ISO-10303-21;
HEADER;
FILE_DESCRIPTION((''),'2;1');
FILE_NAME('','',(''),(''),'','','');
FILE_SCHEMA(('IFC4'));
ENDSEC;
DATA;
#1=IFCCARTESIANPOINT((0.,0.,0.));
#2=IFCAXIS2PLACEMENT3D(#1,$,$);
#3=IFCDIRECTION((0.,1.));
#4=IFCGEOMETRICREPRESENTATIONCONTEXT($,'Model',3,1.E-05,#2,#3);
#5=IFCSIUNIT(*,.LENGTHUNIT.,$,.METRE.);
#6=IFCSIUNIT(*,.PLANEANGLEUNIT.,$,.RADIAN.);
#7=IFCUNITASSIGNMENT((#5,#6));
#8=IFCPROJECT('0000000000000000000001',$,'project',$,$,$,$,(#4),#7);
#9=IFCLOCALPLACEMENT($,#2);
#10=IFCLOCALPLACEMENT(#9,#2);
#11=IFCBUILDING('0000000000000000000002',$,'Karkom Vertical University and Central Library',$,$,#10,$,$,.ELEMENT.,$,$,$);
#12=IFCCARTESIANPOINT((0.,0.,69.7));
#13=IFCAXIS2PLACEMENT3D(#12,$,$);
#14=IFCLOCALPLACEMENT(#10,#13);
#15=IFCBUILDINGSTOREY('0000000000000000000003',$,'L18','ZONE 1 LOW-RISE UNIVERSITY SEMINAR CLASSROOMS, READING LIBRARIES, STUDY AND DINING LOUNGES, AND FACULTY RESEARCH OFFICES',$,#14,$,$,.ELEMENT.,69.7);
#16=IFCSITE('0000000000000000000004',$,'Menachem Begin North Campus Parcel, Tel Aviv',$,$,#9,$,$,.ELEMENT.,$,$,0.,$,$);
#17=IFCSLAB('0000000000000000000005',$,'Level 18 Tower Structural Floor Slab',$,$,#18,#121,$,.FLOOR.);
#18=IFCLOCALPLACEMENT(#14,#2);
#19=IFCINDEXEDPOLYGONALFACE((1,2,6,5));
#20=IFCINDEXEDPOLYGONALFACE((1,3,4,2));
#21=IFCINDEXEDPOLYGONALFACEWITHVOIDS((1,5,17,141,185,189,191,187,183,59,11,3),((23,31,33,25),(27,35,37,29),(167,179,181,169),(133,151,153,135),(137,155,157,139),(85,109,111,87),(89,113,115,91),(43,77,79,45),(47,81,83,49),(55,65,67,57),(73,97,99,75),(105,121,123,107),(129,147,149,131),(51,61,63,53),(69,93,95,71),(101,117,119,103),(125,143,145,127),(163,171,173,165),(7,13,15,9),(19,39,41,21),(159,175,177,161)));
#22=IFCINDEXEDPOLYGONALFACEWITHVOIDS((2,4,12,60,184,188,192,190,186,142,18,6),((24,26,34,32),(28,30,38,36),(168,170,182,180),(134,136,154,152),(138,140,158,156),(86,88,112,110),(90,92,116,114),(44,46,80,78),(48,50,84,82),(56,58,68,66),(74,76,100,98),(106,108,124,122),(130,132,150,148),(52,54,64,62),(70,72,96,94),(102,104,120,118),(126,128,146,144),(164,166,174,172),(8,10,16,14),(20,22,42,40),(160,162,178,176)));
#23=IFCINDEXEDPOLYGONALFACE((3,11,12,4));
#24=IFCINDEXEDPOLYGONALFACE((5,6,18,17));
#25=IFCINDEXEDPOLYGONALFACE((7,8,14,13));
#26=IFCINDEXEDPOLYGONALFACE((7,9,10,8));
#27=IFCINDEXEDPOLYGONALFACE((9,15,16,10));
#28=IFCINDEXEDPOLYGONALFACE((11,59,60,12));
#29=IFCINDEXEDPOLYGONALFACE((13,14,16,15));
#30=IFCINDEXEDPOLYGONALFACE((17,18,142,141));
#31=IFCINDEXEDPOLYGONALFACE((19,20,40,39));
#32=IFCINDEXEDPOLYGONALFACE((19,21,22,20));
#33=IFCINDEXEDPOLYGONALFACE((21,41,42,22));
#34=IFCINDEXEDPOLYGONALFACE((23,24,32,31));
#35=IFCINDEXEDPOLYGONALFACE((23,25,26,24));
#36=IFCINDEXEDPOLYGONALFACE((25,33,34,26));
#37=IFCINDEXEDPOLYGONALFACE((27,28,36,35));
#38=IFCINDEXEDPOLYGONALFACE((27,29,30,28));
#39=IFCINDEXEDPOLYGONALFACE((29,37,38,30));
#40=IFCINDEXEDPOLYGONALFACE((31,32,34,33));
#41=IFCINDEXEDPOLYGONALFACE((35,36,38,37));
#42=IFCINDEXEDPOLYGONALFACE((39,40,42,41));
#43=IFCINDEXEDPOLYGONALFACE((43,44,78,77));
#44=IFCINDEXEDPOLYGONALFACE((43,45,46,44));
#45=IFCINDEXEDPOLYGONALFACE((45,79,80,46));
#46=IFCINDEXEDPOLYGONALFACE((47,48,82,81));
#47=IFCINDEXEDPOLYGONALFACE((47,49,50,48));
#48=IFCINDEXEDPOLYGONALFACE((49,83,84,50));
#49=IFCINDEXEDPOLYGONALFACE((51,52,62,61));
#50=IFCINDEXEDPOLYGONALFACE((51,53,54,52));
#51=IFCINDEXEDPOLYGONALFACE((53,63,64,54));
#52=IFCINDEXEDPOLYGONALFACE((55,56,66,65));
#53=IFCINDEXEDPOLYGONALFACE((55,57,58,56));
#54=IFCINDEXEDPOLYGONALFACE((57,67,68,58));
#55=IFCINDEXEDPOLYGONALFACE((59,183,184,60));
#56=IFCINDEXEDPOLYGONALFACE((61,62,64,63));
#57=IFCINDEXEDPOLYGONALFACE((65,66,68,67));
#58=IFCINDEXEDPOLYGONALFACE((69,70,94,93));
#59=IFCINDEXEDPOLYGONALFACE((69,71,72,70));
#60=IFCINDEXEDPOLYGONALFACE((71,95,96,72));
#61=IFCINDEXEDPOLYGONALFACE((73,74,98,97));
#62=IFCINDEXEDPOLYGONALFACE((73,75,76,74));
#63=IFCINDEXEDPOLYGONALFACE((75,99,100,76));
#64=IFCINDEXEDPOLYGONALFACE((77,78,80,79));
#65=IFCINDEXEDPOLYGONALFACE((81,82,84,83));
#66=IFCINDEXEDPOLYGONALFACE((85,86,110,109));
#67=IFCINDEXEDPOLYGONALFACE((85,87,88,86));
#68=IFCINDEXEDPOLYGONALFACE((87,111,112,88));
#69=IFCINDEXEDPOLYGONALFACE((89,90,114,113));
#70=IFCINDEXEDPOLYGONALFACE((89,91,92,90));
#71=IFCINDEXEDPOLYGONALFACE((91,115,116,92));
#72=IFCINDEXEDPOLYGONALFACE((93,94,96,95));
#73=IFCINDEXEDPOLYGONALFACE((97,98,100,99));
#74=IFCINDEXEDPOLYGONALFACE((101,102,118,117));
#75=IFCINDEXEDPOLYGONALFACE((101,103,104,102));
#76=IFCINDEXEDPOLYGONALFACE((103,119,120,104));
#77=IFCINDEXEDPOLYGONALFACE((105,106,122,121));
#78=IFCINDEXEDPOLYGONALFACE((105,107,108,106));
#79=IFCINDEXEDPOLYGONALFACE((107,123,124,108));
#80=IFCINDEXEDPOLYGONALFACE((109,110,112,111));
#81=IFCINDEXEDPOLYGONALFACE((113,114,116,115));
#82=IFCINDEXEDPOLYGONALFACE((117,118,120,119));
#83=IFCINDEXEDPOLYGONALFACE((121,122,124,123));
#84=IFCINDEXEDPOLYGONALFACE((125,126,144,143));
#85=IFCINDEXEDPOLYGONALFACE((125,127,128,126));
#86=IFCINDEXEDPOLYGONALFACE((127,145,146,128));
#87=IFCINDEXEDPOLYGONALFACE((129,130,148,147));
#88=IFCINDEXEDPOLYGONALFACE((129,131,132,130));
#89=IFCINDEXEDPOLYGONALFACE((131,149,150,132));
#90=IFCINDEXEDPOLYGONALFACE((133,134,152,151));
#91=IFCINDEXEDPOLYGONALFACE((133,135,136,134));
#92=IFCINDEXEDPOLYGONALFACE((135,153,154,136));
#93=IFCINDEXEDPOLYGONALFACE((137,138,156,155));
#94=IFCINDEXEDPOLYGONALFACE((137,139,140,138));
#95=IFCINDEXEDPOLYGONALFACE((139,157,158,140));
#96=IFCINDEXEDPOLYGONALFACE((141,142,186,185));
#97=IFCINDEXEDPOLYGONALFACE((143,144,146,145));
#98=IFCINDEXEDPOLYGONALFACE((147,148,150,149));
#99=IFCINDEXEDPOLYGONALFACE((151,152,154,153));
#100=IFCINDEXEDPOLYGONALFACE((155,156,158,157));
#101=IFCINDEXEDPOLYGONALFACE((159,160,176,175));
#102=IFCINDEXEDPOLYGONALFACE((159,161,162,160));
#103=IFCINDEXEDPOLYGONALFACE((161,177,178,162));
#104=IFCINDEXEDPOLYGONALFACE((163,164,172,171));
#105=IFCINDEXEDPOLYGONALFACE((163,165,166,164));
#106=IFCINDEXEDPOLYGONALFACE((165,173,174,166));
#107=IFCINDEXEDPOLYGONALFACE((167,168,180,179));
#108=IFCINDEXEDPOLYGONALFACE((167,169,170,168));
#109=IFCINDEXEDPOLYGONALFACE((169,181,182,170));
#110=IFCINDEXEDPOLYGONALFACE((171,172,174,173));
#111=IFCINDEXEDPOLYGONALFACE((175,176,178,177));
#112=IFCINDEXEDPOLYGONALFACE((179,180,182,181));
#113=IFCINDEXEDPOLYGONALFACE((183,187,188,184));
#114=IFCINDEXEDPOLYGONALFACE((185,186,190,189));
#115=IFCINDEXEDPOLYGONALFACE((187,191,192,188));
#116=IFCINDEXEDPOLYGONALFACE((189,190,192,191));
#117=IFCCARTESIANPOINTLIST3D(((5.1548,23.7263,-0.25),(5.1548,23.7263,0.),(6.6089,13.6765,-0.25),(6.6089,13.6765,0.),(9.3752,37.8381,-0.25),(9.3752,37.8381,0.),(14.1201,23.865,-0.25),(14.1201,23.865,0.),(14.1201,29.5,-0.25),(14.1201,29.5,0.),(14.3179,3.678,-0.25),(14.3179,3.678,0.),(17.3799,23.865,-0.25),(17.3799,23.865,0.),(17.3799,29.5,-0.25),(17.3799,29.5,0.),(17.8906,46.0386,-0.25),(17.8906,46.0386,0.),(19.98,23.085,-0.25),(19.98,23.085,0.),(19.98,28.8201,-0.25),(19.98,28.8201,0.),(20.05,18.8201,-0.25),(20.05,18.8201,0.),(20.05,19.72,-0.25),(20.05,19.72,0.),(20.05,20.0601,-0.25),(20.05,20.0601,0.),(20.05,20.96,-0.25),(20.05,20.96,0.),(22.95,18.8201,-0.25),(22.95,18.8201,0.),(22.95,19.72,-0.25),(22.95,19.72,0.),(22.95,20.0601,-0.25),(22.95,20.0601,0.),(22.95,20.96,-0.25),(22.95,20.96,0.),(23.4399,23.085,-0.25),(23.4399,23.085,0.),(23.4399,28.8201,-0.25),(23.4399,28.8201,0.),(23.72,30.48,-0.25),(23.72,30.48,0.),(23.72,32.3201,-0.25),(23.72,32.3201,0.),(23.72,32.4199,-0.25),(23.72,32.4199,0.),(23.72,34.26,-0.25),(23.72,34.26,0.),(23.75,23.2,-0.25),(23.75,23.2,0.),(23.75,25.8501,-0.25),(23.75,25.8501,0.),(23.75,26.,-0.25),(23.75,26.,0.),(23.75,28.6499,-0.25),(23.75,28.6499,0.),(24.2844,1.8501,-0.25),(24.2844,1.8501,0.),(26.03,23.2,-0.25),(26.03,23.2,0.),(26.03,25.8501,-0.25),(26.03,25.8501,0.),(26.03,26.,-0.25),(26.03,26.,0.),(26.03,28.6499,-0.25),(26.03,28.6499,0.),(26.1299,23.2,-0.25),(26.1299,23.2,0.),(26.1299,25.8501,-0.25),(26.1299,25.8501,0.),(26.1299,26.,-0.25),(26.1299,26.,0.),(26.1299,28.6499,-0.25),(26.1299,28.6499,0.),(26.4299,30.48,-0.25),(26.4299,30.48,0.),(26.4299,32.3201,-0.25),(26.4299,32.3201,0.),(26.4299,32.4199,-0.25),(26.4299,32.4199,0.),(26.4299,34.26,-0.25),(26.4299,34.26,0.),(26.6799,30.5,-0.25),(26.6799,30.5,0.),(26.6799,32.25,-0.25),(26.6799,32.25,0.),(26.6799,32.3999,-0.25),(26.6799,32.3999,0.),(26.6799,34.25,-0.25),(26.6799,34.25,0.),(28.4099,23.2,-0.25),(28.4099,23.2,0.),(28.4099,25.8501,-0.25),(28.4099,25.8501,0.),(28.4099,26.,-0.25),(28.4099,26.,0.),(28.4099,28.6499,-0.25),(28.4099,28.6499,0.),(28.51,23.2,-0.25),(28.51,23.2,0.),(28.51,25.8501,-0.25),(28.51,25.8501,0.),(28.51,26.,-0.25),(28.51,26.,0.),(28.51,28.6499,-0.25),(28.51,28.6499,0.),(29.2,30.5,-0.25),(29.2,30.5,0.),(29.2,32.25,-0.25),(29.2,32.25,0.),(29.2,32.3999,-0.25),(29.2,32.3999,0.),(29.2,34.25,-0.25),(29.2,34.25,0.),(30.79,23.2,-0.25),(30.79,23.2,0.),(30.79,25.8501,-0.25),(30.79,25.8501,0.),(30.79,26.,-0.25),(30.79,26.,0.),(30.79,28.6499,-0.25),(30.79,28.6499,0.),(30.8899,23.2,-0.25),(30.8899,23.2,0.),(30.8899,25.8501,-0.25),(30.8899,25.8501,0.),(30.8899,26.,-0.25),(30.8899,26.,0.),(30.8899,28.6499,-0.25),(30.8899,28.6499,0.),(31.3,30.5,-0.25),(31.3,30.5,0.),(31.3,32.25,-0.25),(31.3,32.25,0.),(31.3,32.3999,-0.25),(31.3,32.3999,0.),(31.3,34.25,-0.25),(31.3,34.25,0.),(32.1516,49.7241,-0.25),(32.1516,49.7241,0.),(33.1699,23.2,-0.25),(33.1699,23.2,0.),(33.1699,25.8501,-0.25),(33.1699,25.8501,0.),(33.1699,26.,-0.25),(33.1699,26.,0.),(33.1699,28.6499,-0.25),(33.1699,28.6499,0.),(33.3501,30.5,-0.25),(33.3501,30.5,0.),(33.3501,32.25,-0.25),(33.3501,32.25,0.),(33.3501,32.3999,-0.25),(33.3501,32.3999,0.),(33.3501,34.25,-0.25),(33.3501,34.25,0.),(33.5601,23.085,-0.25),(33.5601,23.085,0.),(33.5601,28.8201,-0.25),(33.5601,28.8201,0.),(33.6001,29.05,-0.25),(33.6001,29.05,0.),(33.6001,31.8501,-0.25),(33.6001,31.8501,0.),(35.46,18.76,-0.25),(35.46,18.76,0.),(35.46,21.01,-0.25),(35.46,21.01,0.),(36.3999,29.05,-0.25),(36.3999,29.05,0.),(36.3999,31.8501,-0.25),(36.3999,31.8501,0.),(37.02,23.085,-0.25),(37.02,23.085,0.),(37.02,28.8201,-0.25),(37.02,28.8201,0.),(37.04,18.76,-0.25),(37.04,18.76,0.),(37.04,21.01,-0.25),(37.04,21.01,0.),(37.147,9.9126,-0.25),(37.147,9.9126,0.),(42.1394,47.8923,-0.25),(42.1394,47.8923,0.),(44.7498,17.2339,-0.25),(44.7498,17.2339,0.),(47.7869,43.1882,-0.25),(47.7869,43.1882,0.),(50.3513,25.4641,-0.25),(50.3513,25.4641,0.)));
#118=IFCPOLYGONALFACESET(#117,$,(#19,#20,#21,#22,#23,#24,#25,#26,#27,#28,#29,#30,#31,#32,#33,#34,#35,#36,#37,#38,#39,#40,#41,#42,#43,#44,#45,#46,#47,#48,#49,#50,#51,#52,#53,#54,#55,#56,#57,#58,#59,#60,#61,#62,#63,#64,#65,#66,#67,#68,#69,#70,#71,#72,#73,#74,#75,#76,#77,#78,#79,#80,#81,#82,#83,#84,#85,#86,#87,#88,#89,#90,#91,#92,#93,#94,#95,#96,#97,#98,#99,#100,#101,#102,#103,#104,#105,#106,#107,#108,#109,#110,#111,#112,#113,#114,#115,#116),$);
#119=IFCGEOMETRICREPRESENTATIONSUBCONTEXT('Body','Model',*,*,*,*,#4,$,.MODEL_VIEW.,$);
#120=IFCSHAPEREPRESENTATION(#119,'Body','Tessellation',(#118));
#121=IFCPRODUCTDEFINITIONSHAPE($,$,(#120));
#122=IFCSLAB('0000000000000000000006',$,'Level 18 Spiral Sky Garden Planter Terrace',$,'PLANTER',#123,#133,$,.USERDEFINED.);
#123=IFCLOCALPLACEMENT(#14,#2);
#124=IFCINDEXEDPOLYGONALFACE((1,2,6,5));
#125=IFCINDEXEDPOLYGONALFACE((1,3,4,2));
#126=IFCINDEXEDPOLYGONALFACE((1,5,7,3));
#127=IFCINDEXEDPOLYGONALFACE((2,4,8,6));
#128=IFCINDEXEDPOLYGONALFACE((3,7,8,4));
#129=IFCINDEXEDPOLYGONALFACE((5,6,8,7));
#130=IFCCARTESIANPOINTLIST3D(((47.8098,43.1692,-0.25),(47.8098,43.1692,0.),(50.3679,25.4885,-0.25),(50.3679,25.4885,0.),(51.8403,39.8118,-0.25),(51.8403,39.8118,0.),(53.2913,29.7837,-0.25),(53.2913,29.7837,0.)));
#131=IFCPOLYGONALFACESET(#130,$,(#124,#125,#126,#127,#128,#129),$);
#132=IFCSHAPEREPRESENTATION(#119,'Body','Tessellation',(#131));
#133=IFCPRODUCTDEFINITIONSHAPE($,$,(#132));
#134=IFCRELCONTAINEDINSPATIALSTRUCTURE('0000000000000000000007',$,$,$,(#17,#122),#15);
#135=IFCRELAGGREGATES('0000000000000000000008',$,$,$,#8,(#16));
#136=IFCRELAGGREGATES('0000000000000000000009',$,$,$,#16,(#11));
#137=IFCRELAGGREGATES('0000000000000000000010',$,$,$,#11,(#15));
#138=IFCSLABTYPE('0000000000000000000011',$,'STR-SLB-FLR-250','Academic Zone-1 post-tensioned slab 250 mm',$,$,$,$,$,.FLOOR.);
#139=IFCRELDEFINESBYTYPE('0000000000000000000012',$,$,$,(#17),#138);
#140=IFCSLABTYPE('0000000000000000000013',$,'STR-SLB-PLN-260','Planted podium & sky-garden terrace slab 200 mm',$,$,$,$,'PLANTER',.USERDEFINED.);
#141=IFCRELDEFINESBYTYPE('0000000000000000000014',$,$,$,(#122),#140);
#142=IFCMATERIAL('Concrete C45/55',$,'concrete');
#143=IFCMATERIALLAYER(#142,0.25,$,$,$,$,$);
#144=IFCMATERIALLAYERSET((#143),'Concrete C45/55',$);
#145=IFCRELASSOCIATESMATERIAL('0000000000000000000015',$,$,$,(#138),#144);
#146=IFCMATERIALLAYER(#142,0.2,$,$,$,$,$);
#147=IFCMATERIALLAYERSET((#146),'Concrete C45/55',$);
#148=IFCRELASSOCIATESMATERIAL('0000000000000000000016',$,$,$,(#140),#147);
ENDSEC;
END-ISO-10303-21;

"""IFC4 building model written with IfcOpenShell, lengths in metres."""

from ifc_helpers import new_model, si_unit, direction, frame, origin, place, context, subcontext, project, spatial, polyline, outline, extrude, material, layer, layer_set, type_object, element, save


model = new_model("IFC4")

# Units and contexts
model_context = context("Model", 3, precision=1e-05, world=origin(), true_north=direction((0.0, 1.0)))
body_context = subcontext(model_context, "Body", "Model", "MODEL_VIEW")
ifc_project = project(units=[si_unit("LENGTHUNIT", "METRE"), si_unit("PLANEANGLEUNIT", "RADIAN")], contexts=[model_context])

# Site, building, storey
site_placement = place(None, origin())
site = spatial("IfcSite", under=ifc_project, at=site_placement, Name="Menachem Begin North Campus Parcel, Tel Aviv", CompositionType="ELEMENT", RefElevation=0.0)
building_placement = place(site_placement, origin())
building = spatial("IfcBuilding", under=site, at=building_placement, Name="Karkom Vertical University and Central Library", CompositionType="ELEMENT")
storey_placement = place(building_placement, frame((0.0, 0.0, 69.7)))
storey = spatial("IfcBuildingStorey", under=building, at=storey_placement, Name="L18", Description="ZONE 1 LOW-RISE UNIVERSITY SEMINAR CLASSROOMS, READING LIBRARIES, STUDY AND DINING LOUNGES, AND FACULTY RESEARCH OFFICES", CompositionType="ELEMENT", Elevation=69.7)

# Shared definitions
ifc_material_1 = material(Name="Concrete C45/55", Category="concrete")

# Slabs
ifc_layer_1 = layer(ifc_material_1, 0.25)
ifc_layer_set_1 = layer_set([ifc_layer_1], Name="Concrete C45/55")
slab_type_1 = type_object("IfcSlabType", Name="STR-SLB-FLR-250", Description="Academic Zone-1 post-tensioned slab 250 mm", PredefinedType="FLOOR", material=ifc_layer_set_1)
slab_1_placement = place(storey_placement, frame((0.0, 0.0, -0.25)))
element("IfcSlab", 1, at=slab_1_placement, inside=storey, type_object=slab_type_1, Name="Level 18 Tower Structural Floor Slab", PredefinedType="FLOOR", context=body_context, shape_type="SweptSolid", body=[
    extrude(outline(polyline([(9.3752, 37.8381), (5.1548, 23.7263), (6.6089, 13.6765), (14.3179, 3.678), (24.2844, 1.8501), (37.147, 9.9126), (44.7498, 17.2339), (50.3513, 25.4641), (47.7869, 43.1882), (42.1394, 47.8923), (32.1516, 49.7241), (17.8906, 46.0386), (9.3752, 37.8381)]), holes=[polyline([(19.98, 23.085), (23.4399, 23.085), (23.4399, 28.8201), (19.98, 28.8201), (19.98, 23.085)]), polyline([(33.5601, 23.085), (37.02, 23.085), (37.02, 28.8201), (33.5601, 28.8201), (33.5601, 23.085)]), polyline([(14.1201, 23.865), (17.3799, 23.865), (17.3799, 29.5), (14.1201, 29.5), (14.1201, 23.865)]), polyline([(23.75, 23.2), (26.03, 23.2), (26.03, 25.8501), (23.75, 25.8501), (23.75, 23.2)]), polyline([(26.1299, 23.2), (28.4099, 23.2), (28.4099, 25.8501), (26.1299, 25.8501), (26.1299, 23.2)]), polyline([(28.51, 23.2), (30.79, 23.2), (30.79, 25.8501), (28.51, 25.8501), (28.51, 23.2)]), polyline([(30.8899, 23.2), (33.1699, 23.2), (33.1699, 25.8501), (30.8899, 25.8501), (30.8899, 23.2)]), polyline([(23.75, 26.0), (26.03, 26.0), (26.03, 28.6499), (23.75, 28.6499), (23.75, 26.0)]), polyline([(26.1299, 26.0), (28.4099, 26.0), (28.4099, 28.6499), (26.1299, 28.6499), (26.1299, 26.0)]), polyline([(28.51, 26.0), (30.79, 26.0), (30.79, 28.6499), (28.51, 28.6499), (28.51, 26.0)]), polyline([(30.8899, 26.0), (33.1699, 26.0), (33.1699, 28.6499), (30.8899, 28.6499), (30.8899, 26.0)]), polyline([(26.6799, 30.5), (29.2, 30.5), (29.2, 32.25), (26.6799, 32.25), (26.6799, 30.5)]), polyline([(26.6799, 32.3999), (29.2, 32.3999), (29.2, 34.25), (26.6799, 34.25), (26.6799, 32.3999)]), polyline([(31.3, 30.5), (33.3501, 30.5), (33.3501, 32.25), (31.3, 32.25), (31.3, 30.5)]), polyline([(31.3, 32.3999), (33.3501, 32.3999), (33.3501, 34.25), (31.3, 34.25), (31.3, 32.3999)]), polyline([(23.72, 30.48), (26.4299, 30.48), (26.4299, 32.3201), (23.72, 32.3201), (23.72, 30.48)]), polyline([(23.72, 32.4199), (26.4299, 32.4199), (26.4299, 34.26), (23.72, 34.26), (23.72, 32.4199)]), polyline([(33.6001, 29.05), (36.3999, 29.05), (36.3999, 31.8501), (33.6001, 31.8501), (33.6001, 29.05)]), polyline([(20.05, 18.8201), (22.95, 18.8201), (22.95, 19.72), (20.05, 19.72), (20.05, 18.8201)]), polyline([(20.05, 20.0601), (22.95, 20.0601), (22.95, 20.96), (20.05, 20.96), (20.05, 20.0601)]), polyline([(35.46, 18.76), (37.04, 18.76), (37.04, 21.01), (35.46, 21.01), (35.46, 18.76)])]), origin(), (0.0, 0.0, 1.0), 0.25),
])
ifc_layer_2 = layer(ifc_material_1, 0.2)
ifc_layer_set_2 = layer_set([ifc_layer_2], Name="Concrete C45/55")
slab_type_2 = type_object("IfcSlabType", Name="STR-SLB-PLN-260", Description="Planted podium & sky-garden terrace slab 200 mm", ElementType="PLANTER", PredefinedType="USERDEFINED", material=ifc_layer_set_2)
slab_2_placement = place(storey_placement, frame((0.0, 0.0, -0.25)))
element("IfcSlab", 2, at=slab_2_placement, inside=storey, type_object=slab_type_2, Name="Level 18 Spiral Sky Garden Planter Terrace", ObjectType="PLANTER", PredefinedType="USERDEFINED", context=body_context, shape_type="SweptSolid", body=[
    extrude(outline(polyline([(51.8403, 39.8118), (53.2913, 29.7837), (50.3679, 25.4885), (47.8098, 43.1692), (51.8403, 39.8118)])), origin(), (0.0, 0.0, 1.0), 0.25),
])

save(model, "model.ifc")
